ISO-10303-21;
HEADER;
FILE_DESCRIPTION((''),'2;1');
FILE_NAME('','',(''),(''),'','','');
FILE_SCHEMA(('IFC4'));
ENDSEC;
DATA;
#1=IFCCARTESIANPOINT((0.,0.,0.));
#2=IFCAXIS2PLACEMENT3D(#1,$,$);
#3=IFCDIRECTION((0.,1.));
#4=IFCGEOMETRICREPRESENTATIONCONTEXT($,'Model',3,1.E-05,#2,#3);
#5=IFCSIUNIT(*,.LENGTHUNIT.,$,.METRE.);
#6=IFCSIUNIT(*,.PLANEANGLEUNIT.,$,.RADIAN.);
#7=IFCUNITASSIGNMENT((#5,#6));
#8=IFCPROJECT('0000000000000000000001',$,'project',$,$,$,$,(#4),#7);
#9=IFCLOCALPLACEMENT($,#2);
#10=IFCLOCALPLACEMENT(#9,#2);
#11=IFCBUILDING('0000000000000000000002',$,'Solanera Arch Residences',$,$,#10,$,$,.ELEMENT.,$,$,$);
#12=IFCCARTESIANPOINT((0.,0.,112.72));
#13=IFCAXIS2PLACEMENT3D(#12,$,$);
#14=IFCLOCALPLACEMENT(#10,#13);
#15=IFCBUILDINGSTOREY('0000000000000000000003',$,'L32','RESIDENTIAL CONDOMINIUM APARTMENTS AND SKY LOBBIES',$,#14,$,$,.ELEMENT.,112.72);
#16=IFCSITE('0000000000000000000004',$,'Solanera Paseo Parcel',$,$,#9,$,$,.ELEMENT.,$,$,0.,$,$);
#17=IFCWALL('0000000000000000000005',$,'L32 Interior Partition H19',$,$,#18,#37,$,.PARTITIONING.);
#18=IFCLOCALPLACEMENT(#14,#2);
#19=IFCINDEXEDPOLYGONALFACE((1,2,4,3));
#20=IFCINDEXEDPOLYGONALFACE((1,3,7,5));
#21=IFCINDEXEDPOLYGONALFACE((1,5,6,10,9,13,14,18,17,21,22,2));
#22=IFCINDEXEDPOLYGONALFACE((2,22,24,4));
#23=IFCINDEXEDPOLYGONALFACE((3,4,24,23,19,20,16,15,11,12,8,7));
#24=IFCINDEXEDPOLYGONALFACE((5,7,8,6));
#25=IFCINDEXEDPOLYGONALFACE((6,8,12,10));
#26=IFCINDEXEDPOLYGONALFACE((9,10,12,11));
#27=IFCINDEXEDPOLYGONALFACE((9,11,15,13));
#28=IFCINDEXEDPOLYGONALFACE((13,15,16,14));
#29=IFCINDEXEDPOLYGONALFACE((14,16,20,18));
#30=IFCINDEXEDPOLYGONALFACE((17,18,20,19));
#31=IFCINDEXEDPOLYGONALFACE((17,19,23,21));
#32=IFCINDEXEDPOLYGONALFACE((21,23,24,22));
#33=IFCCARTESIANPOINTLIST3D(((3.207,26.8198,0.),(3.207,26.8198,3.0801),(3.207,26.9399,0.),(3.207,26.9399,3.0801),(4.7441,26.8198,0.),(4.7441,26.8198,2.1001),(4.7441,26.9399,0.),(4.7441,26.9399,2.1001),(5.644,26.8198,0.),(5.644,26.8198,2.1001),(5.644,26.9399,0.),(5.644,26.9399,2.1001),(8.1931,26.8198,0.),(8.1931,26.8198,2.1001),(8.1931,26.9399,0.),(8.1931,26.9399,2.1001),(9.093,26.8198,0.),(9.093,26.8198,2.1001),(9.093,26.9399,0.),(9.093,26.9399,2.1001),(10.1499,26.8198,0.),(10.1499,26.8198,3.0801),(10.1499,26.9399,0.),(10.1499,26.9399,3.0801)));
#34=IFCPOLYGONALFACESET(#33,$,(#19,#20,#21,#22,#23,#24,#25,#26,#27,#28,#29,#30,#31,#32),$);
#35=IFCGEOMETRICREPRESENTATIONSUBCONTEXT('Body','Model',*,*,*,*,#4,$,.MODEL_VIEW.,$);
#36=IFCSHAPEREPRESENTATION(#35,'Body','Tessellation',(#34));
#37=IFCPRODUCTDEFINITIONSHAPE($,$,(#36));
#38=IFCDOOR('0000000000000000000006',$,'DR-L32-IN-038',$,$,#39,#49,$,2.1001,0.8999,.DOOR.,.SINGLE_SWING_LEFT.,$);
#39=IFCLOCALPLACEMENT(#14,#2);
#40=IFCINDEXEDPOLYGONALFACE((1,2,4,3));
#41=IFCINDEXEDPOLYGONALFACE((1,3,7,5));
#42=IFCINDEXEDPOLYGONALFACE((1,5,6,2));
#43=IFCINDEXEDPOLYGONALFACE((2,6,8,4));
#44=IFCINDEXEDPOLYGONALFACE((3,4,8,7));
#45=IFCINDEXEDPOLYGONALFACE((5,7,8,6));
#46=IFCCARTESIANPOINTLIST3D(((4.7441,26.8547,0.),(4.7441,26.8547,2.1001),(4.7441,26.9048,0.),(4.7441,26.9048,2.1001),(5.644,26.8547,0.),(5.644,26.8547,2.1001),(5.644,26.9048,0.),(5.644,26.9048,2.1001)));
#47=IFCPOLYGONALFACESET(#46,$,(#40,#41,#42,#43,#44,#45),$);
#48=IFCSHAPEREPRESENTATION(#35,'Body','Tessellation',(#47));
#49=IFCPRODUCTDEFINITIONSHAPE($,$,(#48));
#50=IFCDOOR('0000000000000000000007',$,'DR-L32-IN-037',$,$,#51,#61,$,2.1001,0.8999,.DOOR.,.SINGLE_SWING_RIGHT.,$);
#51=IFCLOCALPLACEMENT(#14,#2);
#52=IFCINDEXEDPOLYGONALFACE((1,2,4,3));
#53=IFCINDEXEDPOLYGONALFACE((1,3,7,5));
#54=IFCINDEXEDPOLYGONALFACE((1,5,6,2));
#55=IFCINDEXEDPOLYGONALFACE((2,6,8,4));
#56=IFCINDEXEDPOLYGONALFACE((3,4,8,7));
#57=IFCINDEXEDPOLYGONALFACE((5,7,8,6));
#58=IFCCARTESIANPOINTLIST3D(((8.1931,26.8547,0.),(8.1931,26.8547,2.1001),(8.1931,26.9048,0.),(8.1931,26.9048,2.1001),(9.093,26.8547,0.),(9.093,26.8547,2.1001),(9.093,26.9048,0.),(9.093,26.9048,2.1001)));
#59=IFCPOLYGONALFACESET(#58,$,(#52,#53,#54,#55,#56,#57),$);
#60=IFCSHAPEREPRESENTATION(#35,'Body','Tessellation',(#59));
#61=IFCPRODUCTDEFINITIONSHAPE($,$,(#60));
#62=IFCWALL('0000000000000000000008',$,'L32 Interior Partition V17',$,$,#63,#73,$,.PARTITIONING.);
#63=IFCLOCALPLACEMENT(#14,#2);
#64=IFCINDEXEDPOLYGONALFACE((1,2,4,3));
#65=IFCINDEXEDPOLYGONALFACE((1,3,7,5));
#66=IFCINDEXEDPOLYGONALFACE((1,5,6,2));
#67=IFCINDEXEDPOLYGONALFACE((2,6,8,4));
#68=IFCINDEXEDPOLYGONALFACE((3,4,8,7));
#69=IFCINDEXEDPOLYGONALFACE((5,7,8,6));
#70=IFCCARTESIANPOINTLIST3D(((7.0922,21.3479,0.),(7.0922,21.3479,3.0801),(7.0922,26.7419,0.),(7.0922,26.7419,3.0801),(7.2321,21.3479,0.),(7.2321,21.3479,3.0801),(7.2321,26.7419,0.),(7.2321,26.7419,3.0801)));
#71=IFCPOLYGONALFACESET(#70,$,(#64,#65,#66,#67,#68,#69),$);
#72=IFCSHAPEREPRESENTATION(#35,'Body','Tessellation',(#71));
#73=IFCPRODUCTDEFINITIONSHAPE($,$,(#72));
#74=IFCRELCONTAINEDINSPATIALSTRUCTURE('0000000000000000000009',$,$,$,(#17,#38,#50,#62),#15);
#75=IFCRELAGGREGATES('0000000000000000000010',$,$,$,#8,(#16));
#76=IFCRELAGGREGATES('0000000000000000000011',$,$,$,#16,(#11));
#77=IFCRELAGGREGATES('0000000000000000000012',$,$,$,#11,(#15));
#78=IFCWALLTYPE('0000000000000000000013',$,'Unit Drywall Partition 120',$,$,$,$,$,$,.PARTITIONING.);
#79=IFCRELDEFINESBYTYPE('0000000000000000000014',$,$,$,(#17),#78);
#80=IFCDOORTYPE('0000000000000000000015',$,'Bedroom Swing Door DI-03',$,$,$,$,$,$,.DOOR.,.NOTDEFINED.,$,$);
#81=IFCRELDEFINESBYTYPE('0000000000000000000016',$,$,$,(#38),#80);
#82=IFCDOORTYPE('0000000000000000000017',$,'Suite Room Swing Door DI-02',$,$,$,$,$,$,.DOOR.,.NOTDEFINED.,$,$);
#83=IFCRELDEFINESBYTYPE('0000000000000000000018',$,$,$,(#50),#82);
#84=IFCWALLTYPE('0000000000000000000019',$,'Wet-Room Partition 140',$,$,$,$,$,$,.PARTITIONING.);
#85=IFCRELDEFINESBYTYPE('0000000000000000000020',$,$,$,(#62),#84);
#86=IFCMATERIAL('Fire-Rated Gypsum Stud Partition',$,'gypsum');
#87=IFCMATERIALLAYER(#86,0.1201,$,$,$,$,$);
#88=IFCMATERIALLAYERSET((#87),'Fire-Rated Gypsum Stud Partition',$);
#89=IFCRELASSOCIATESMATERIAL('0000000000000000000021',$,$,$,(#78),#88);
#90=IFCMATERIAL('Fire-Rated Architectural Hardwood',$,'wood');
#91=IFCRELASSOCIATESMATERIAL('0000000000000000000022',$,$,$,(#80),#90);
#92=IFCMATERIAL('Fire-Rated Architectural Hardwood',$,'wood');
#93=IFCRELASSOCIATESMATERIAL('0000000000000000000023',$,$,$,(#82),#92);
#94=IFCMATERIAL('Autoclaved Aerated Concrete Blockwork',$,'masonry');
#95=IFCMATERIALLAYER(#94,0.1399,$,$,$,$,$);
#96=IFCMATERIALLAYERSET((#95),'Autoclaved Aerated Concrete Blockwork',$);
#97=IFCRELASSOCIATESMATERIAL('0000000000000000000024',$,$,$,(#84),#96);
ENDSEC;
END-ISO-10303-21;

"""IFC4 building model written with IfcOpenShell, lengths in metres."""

from ifc_helpers import new_model, si_unit, direction, frame, frame_2d, origin, place, context, subcontext, project, spatial, rectangle, extrude, material, layer, layer_set, type_object, element, fill, save


model = new_model("IFC4")

# Units and contexts
model_context = context("Model", 3, precision=1e-05, world=origin(), true_north=direction((0.0, 1.0)))
body_context = subcontext(model_context, "Body", "Model", "MODEL_VIEW")
ifc_project = project(units=[si_unit("LENGTHUNIT", "METRE"), si_unit("PLANEANGLEUNIT", "RADIAN")], contexts=[model_context])

# Site, building, storey
site_placement = place(None, origin())
site = spatial("IfcSite", under=ifc_project, at=site_placement, Name="Solanera Paseo Parcel", CompositionType="ELEMENT", RefElevation=0.0)
building_placement = place(site_placement, origin())
building = spatial("IfcBuilding", under=site, at=building_placement, Name="Solanera Arch Residences", CompositionType="ELEMENT")
storey_placement = place(building_placement, frame((0.0, 0.0, 112.72)))
storey = spatial("IfcBuildingStorey", under=building, at=storey_placement, Name="L32", Description="RESIDENTIAL CONDOMINIUM APARTMENTS AND SKY LOBBIES", CompositionType="ELEMENT", Elevation=112.72)

# Wall, openings, doors
ifc_material_1 = material(Name="Fire-Rated Gypsum Stud Partition", Category="gypsum")
ifc_layer_1 = layer(ifc_material_1, 0.1201)
ifc_layer_set_1 = layer_set([ifc_layer_1], Name="Fire-Rated Gypsum Stud Partition")
wall_type_1 = type_object("IfcWallType", Name="Unit Drywall Partition 120", PredefinedType="PARTITIONING", material=ifc_layer_set_1)
wall_1_placement = place(storey_placement, frame((3.207, 26.8799, 0.0), z_axis=(0.0, 0.0, 1.0), x_axis=(1.0, 0.0, 0.0)))
wall_1 = element("IfcWall", 1, at=wall_1_placement, inside=storey, type_object=wall_type_1, Name="L32 Interior Partition H19", PredefinedType="PARTITIONING", context=body_context, shape_type="SweptSolid", body=[
    extrude(rectangle(XDim=6.9429, YDim=0.1201, at=frame_2d((3.4714, 0.0))), origin(), (0.0, 0.0, 1.0), 3.0801),
])
opening_1_placement = place(wall_1_placement, frame((4.9861, 0.0, 0.0)))
opening_1 = element("IfcOpeningElement", 2, at=opening_1_placement, cuts=wall_1, PredefinedType="OPENING", context=body_context, shape_type="SweptSolid", body=[
    extrude(rectangle(XDim=0.8999, YDim=2.1001, at=frame_2d((0.45, 1.05))), frame((0.0, 0.0701, 0.0), z_axis=(0.0, -1.0, 0.0), x_axis=(1.0, 0.0, 0.0)), (0.0, 0.0, 1.0), 0.1401),
])
opening_2_placement = place(wall_1_placement, frame((1.5371, 0.0, 0.0)))
opening_2 = element("IfcOpeningElement", 3, at=opening_2_placement, cuts=wall_1, PredefinedType="OPENING", context=body_context, shape_type="SweptSolid", body=[
    extrude(rectangle(XDim=0.8999, YDim=2.1001, at=frame_2d((0.45, 1.05))), frame((0.0, 0.0701, 0.0), z_axis=(0.0, -1.0, 0.0), x_axis=(1.0, 0.0, 0.0)), (0.0, 0.0, 1.0), 0.1401),
])
ifc_material_2 = material(Name="Fire-Rated Architectural Hardwood", Category="wood")
door_type_1 = type_object("IfcDoorType", Name="Bedroom Swing Door DI-03", OperationType="NOTDEFINED", PredefinedType="DOOR", material=ifc_material_2)
door_1_placement = place(opening_2_placement, origin())
door_1 = element("IfcDoor", 4, at=door_1_placement, inside=storey, type_object=door_type_1, Name="DR-L32-IN-038", OperationType="SINGLE_SWING_LEFT", OverallHeight=2.1001, OverallWidth=0.8999, PredefinedType="DOOR", context=body_context, shape_type="SweptSolid", body=[
    extrude(rectangle(XDim=0.8999, YDim=2.1001, at=frame_2d((0.45, 1.05))), frame((0.0, 0.0249, 0.0), z_axis=(0.0, -1.0, 0.0), x_axis=(1.0, 0.0, 0.0)), (0.0, 0.0, 1.0), 0.05),
])
fill(opening_2, door_1)
ifc_material_3 = material(Name="Fire-Rated Architectural Hardwood", Category="wood")
door_type_2 = type_object("IfcDoorType", Name="Suite Room Swing Door DI-02", OperationType="NOTDEFINED", PredefinedType="DOOR", material=ifc_material_3)
door_2_placement = place(opening_1_placement, origin())
door_2 = element("IfcDoor", 5, at=door_2_placement, inside=storey, type_object=door_type_2, Name="DR-L32-IN-037", OperationType="SINGLE_SWING_RIGHT", OverallHeight=2.1001, OverallWidth=0.8999, PredefinedType="DOOR", context=body_context, shape_type="SweptSolid", body=[
    extrude(rectangle(XDim=0.8999, YDim=2.1001, at=frame_2d((0.45, 1.05))), frame((0.0, 0.0249, 0.0), z_axis=(0.0, -1.0, 0.0), x_axis=(1.0, 0.0, 0.0)), (0.0, 0.0, 1.0), 0.05),
])
fill(opening_1, door_2)

# Wall
ifc_material_4 = material(Name="Autoclaved Aerated Concrete Blockwork", Category="masonry")
ifc_layer_2 = layer(ifc_material_4, 0.1399)
ifc_layer_set_2 = layer_set([ifc_layer_2], Name="Autoclaved Aerated Concrete Blockwork")
wall_type_2 = type_object("IfcWallType", Name="Wet-Room Partition 140", PredefinedType="PARTITIONING", material=ifc_layer_set_2)
wall_2_placement = place(storey_placement, frame((7.1621, 21.3479, 0.0), z_axis=(0.0, 0.0, 1.0), x_axis=(0.0, 1.0, 0.0)))
element("IfcWall", 6, at=wall_2_placement, inside=storey, type_object=wall_type_2, Name="L32 Interior Partition V17", PredefinedType="PARTITIONING", context=body_context, shape_type="SweptSolid", body=[
    extrude(rectangle(XDim=5.394, YDim=0.1399, at=frame_2d((2.697, 0.0))), origin(), (0.0, 0.0, 1.0), 3.0801),
])

save(model, "model.ifc")
